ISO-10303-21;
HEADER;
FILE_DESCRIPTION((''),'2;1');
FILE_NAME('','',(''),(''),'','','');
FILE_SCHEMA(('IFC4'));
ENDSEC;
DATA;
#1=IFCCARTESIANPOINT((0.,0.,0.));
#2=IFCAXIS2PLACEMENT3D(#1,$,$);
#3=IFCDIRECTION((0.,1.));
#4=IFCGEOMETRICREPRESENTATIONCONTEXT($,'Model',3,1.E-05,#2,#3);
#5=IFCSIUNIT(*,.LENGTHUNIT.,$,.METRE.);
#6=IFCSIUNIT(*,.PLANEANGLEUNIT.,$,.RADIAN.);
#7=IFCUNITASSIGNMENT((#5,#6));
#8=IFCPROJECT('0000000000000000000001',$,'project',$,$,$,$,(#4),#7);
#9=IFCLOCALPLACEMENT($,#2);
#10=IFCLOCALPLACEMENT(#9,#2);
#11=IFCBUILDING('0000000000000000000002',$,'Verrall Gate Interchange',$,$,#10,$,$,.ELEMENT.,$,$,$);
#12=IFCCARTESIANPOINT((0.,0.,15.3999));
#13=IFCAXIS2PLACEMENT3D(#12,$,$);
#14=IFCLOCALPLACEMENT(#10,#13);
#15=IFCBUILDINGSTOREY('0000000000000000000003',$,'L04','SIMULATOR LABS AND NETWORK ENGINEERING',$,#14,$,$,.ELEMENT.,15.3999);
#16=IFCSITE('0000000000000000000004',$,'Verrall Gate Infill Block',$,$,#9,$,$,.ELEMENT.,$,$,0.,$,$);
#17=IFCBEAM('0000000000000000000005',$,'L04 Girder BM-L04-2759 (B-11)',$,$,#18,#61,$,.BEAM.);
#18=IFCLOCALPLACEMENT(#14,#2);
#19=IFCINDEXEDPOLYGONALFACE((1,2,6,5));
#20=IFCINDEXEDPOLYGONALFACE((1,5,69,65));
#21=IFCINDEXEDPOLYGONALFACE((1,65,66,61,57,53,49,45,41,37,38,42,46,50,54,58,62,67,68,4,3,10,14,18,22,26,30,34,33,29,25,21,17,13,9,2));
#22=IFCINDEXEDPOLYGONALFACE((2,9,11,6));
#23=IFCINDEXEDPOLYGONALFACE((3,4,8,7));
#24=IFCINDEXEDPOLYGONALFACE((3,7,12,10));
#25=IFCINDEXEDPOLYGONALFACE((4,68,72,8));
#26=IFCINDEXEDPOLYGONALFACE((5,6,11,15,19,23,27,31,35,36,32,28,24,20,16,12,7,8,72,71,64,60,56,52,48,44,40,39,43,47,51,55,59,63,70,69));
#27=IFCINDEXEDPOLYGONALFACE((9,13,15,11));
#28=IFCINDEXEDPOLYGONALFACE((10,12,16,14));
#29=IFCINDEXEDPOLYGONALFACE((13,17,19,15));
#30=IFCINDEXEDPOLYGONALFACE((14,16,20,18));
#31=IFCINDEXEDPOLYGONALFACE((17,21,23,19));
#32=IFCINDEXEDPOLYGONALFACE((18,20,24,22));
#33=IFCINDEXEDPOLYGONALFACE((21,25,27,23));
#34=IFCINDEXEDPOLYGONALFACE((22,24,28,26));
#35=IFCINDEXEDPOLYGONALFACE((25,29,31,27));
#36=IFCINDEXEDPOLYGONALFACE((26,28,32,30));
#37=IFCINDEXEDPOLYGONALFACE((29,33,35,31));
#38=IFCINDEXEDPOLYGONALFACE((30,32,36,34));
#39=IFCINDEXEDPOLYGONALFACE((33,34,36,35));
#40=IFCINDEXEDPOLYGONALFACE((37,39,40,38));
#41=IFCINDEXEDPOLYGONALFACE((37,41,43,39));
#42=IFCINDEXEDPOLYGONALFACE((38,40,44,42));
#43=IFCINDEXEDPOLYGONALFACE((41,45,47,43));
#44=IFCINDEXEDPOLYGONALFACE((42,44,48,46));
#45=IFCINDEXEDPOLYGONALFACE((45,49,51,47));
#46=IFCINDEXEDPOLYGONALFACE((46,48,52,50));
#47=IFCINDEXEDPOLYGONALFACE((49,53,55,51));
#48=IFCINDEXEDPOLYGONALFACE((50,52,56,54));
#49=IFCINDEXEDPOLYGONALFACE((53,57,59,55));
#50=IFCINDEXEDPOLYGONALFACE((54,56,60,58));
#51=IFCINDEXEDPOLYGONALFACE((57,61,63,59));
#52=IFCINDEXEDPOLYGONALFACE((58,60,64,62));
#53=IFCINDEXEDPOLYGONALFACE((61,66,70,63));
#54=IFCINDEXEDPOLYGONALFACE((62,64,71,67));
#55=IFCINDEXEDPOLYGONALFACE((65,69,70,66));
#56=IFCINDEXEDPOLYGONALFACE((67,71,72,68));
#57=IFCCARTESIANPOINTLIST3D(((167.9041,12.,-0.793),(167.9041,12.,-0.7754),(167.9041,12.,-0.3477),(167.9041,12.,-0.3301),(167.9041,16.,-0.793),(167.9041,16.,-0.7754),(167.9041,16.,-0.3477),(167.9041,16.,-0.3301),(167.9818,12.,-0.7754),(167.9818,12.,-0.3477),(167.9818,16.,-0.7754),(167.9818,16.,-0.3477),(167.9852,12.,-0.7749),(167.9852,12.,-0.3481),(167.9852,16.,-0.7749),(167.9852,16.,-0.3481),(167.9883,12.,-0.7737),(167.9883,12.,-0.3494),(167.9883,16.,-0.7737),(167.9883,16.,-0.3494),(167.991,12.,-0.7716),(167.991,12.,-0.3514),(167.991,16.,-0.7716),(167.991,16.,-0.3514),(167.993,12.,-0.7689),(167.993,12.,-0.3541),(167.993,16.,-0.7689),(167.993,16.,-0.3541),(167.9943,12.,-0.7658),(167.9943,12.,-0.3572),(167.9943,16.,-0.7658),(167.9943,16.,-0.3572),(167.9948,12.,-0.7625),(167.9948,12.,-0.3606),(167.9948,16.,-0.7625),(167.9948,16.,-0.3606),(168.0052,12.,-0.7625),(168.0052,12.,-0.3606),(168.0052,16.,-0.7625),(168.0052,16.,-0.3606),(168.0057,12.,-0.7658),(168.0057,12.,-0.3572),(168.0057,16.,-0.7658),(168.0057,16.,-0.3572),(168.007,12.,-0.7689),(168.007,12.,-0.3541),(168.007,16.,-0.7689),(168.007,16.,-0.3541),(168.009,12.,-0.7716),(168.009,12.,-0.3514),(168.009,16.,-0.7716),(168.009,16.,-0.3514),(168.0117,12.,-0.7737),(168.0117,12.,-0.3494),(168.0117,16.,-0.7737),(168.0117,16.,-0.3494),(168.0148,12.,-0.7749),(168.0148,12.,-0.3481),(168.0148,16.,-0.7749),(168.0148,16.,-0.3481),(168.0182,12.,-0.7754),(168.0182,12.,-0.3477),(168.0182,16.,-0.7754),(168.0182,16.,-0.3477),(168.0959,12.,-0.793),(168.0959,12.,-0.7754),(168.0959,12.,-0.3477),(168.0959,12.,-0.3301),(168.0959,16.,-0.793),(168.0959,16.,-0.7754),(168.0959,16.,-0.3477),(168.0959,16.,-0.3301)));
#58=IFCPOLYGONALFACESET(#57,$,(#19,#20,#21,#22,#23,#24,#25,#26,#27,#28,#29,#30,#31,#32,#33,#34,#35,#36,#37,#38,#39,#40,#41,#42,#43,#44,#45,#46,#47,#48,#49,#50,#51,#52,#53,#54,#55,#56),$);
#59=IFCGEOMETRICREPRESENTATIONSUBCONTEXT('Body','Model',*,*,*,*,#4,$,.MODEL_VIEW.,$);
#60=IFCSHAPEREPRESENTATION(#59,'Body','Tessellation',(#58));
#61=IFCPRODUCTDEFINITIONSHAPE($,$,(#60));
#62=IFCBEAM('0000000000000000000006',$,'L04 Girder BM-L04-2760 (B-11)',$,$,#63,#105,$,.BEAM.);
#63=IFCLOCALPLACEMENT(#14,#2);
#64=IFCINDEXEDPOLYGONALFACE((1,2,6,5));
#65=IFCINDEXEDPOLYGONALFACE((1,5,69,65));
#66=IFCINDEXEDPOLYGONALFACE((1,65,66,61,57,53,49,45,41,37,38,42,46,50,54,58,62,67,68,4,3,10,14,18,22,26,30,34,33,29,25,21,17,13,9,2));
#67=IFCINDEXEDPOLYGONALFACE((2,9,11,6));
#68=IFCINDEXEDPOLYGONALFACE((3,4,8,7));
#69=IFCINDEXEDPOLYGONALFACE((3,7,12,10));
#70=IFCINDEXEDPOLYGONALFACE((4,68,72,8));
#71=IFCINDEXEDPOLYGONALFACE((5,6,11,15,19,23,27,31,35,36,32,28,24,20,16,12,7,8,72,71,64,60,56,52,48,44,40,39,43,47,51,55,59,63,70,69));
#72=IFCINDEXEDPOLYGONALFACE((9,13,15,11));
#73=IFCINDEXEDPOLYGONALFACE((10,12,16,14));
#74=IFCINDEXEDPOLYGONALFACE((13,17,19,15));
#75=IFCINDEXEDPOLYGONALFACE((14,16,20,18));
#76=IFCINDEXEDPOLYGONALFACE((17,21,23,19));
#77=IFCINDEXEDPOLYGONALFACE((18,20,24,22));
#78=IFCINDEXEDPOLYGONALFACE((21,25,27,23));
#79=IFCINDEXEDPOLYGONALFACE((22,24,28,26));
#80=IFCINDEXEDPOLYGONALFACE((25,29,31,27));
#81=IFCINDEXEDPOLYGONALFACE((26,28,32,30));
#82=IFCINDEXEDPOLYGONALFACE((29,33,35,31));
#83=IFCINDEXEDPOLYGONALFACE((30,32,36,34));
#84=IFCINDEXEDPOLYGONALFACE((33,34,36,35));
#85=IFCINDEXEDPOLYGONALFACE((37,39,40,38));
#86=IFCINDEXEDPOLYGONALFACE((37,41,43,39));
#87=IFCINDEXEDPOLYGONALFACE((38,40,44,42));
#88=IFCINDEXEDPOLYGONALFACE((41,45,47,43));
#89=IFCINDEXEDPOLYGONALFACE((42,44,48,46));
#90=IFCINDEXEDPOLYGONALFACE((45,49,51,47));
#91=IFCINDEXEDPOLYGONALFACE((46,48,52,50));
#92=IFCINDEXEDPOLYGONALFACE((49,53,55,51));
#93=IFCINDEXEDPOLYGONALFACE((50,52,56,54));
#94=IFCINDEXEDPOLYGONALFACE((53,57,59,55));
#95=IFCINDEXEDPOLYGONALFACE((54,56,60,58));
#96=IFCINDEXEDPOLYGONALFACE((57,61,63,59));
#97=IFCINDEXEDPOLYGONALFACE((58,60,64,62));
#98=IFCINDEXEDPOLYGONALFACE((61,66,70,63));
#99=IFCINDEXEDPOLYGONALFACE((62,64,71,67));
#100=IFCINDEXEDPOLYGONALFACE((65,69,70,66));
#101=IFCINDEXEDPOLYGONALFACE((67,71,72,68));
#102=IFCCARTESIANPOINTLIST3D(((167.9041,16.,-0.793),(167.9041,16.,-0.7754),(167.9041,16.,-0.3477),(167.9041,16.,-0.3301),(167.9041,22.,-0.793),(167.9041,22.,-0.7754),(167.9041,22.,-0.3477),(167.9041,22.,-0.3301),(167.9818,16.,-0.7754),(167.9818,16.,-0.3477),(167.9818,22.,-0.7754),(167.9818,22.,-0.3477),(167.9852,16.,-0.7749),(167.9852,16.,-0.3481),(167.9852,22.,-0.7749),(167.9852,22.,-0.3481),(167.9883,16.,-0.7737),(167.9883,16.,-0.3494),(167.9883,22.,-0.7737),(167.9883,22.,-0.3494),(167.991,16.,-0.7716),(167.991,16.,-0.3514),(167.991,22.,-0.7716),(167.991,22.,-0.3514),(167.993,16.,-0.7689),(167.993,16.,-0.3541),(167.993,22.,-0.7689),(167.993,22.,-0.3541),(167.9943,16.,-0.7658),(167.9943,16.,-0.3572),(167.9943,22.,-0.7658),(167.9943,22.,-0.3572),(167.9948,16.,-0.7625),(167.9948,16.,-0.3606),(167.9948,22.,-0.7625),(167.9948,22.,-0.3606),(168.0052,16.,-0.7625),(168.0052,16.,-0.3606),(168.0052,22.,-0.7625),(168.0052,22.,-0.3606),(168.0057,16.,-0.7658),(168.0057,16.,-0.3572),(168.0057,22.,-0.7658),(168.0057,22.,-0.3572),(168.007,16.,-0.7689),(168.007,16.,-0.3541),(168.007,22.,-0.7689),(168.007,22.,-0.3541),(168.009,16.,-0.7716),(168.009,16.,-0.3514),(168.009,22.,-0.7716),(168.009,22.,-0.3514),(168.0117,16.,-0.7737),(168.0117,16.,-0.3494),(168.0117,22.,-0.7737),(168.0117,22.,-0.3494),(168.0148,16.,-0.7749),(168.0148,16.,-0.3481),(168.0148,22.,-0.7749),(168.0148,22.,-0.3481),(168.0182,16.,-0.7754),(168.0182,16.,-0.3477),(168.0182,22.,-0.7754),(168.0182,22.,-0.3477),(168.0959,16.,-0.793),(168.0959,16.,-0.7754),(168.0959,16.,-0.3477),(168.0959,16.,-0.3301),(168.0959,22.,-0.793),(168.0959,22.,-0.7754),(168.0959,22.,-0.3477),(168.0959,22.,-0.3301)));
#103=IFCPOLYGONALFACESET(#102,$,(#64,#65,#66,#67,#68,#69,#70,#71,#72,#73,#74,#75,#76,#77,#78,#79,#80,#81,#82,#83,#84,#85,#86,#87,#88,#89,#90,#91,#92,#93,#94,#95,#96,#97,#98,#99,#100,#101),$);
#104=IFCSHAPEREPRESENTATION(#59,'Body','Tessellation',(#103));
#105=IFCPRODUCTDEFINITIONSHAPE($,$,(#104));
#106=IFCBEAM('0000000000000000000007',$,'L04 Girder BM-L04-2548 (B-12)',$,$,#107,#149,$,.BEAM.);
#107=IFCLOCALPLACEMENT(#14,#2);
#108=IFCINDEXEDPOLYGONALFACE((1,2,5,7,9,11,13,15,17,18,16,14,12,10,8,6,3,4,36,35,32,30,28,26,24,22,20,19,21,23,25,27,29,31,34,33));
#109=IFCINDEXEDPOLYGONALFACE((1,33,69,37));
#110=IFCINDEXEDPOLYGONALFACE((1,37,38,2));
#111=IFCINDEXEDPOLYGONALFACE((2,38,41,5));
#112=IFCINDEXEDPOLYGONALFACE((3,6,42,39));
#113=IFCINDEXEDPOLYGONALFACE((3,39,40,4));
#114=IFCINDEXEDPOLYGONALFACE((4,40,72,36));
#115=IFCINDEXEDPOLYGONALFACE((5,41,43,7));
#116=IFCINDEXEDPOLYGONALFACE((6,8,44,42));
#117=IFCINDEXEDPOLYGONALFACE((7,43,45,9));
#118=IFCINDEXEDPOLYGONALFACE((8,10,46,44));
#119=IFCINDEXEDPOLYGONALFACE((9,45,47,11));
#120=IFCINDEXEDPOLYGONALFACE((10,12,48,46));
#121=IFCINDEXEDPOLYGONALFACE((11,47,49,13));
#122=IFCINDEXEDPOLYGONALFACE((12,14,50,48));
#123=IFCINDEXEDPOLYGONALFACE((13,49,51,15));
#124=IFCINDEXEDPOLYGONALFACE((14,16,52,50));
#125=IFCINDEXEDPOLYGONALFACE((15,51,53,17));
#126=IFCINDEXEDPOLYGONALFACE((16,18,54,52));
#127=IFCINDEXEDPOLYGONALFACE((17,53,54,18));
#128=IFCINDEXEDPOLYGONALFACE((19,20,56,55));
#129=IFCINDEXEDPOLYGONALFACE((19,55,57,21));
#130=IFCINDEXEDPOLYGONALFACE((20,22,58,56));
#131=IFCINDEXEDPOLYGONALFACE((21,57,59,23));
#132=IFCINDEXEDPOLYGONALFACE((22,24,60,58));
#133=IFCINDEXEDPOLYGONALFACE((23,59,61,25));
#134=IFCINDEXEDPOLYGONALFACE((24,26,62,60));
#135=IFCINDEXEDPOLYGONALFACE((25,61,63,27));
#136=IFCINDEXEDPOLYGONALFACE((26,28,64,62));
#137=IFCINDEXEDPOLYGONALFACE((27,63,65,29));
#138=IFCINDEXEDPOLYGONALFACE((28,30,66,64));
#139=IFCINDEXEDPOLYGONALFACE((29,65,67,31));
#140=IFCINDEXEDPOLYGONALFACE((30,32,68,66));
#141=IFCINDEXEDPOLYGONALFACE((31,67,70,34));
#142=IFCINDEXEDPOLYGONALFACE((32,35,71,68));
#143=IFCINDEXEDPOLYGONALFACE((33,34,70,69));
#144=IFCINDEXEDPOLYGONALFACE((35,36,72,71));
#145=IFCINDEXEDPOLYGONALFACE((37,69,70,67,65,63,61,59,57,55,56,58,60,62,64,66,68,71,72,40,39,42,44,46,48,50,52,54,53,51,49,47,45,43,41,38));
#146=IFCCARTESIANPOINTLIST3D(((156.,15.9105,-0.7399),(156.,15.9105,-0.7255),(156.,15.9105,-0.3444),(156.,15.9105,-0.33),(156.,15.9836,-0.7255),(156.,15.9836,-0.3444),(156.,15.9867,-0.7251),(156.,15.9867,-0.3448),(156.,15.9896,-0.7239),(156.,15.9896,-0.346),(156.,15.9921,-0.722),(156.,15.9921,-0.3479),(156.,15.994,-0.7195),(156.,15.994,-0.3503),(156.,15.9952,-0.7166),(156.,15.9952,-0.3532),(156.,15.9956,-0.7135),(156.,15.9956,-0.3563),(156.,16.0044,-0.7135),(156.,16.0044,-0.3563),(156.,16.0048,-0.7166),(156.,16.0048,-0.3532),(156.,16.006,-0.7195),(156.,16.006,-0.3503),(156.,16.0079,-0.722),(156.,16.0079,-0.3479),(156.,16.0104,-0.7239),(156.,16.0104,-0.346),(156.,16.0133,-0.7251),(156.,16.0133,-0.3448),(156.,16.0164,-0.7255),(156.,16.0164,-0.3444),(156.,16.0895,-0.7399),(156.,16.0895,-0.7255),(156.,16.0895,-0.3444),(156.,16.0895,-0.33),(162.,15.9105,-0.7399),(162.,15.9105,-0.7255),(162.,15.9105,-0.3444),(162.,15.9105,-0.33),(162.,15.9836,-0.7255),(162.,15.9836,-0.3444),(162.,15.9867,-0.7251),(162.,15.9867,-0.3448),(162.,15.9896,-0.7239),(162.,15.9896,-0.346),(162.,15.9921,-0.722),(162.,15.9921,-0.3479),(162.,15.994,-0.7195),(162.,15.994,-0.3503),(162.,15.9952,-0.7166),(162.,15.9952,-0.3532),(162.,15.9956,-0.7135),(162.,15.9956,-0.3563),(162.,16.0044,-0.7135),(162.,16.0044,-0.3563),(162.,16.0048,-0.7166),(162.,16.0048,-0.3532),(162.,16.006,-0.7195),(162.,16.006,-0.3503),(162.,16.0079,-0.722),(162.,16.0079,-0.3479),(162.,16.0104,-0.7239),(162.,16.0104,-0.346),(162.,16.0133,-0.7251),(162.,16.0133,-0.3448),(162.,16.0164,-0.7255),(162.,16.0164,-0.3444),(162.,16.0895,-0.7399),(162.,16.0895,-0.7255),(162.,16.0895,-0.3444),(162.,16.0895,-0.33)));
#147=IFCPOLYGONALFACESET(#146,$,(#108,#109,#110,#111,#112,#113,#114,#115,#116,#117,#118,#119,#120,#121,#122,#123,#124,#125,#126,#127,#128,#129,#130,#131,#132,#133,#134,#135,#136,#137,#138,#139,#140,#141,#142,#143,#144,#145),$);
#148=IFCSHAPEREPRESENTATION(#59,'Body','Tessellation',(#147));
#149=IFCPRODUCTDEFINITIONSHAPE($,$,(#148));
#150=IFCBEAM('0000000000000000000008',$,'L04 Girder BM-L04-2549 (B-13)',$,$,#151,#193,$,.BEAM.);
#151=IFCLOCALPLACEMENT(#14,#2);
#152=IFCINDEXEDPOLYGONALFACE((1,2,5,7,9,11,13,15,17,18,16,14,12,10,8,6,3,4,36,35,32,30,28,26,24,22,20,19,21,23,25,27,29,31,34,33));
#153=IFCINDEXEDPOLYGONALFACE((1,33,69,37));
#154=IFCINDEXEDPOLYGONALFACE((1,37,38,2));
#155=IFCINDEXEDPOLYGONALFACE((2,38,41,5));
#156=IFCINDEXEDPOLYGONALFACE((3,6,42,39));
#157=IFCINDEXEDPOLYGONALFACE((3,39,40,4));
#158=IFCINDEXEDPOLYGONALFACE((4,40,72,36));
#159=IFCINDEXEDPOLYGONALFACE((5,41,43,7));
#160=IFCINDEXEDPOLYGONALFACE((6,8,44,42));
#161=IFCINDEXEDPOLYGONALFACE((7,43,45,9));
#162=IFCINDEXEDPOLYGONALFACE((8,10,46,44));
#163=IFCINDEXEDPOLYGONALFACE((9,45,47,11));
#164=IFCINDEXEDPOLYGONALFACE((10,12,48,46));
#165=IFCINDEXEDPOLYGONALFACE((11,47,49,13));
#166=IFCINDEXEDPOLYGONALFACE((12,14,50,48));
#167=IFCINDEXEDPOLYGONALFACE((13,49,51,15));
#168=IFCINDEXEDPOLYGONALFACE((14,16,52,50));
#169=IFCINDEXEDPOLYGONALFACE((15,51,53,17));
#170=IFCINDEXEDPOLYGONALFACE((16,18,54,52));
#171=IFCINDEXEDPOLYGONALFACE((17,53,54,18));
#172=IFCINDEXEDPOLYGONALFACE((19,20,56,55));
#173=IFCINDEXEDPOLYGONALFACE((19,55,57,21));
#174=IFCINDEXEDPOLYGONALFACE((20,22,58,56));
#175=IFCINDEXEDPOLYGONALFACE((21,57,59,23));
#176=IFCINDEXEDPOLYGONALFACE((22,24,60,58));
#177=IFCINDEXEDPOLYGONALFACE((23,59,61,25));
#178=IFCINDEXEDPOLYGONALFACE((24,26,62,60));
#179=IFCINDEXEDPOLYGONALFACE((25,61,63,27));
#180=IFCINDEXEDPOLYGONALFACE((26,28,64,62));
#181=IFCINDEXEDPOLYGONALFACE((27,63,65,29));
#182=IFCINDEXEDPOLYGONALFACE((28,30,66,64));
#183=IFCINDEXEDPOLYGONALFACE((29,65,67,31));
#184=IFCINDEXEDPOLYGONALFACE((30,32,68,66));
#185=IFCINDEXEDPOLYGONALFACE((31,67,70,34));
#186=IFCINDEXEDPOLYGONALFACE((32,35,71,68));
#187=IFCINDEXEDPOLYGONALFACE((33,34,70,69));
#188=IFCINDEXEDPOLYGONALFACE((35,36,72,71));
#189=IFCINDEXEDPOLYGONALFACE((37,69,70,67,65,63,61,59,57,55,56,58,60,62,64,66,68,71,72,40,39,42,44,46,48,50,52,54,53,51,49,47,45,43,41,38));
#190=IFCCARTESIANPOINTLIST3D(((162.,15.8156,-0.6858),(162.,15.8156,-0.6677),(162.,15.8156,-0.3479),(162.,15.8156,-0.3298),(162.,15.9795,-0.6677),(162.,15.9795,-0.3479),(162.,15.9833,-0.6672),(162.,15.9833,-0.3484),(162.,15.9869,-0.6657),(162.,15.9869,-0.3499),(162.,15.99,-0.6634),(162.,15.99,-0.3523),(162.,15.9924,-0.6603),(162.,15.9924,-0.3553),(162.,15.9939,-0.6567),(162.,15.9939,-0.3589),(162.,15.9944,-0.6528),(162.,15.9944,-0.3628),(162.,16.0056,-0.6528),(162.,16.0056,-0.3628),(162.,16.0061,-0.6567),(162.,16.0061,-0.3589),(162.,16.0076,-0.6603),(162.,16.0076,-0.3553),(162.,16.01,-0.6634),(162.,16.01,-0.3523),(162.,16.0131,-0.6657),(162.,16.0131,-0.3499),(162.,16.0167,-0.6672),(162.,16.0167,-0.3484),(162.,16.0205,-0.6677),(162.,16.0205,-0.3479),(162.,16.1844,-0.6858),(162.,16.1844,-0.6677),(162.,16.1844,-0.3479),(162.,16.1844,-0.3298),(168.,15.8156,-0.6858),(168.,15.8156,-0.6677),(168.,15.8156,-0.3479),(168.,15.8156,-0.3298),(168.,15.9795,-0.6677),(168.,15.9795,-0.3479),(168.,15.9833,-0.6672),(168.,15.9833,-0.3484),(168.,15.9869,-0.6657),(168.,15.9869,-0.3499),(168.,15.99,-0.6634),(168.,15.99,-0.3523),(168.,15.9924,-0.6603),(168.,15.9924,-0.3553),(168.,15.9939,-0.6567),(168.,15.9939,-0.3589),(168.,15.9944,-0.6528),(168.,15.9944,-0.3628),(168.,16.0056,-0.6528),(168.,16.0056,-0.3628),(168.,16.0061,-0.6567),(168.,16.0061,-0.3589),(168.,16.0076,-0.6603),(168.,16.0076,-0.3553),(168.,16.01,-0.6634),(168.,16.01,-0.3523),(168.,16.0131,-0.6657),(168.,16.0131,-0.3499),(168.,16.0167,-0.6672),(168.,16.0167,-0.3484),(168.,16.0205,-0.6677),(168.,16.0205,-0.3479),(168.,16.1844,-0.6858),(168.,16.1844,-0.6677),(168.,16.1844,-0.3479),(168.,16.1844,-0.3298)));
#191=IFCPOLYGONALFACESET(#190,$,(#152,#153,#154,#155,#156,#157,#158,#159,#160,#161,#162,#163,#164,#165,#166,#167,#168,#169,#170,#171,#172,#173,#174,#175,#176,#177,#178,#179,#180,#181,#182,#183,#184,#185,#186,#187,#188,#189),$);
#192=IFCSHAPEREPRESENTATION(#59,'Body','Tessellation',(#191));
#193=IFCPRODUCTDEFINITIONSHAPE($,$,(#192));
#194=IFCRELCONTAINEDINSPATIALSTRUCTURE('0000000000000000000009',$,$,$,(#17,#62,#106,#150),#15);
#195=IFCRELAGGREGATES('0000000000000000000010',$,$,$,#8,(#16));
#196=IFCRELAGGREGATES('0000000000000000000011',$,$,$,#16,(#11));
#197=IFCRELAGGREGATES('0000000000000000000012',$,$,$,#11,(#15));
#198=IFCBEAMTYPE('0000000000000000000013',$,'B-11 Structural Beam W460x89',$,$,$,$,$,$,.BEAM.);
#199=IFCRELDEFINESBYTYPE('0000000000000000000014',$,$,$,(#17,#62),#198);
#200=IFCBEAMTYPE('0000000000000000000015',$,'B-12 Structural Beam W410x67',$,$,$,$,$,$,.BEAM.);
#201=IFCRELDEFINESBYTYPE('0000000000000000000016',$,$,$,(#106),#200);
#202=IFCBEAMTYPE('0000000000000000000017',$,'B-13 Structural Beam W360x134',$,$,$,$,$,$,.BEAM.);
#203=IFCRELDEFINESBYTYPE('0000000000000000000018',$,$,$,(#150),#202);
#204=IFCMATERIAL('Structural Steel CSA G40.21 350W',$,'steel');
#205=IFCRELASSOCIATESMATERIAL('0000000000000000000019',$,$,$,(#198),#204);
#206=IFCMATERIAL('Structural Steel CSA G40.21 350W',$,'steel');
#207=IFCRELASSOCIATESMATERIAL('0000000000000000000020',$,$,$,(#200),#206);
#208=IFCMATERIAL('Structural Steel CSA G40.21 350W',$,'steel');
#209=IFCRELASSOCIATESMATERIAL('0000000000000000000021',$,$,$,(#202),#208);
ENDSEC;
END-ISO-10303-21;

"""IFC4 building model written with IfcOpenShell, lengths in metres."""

from ifc_helpers import new_model, si_unit, direction, frame, origin, origin_2d, place, context, subcontext, project, spatial, i_section, extrude, material, material_profile, profile_set, type_object, element, save


model = new_model("IFC4")

# Units and contexts
model_context = context("Model", 3, precision=1e-05, world=origin(), true_north=direction((0.0, 1.0)))
body_context = subcontext(model_context, "Body", "Model", "MODEL_VIEW")
ifc_project = project(units=[si_unit("LENGTHUNIT", "METRE"), si_unit("PLANEANGLEUNIT", "RADIAN")], contexts=[model_context])

# Site, building, storey
site_placement = place(None, origin())
site = spatial("IfcSite", under=ifc_project, at=site_placement, Name="Verrall Gate Infill Block", CompositionType="ELEMENT", RefElevation=0.0)
building_placement = place(site_placement, origin())
building = spatial("IfcBuilding", under=site, at=building_placement, Name="Verrall Gate Interchange", CompositionType="ELEMENT")
storey_placement = place(building_placement, frame((0.0, 0.0, 15.3999)))
storey = spatial("IfcBuildingStorey", under=building, at=storey_placement, Name="L04", Description="SIMULATOR LABS AND NETWORK ENGINEERING", CompositionType="ELEMENT", Elevation=15.3999)

# Beams
ifc_material_1 = material(Name="Structural Steel CSA G40.21 350W", Category="steel")
ifc_material_profile_1 = material_profile(ifc_material_1, i_section(OverallWidth=0.1919, OverallDepth=0.4629, WebThickness=0.0105, FlangeThickness=0.0176, FilletRadius=0.0129, at=origin_2d()), Name="W460x89")
ifc_profile_set_1 = profile_set([ifc_material_profile_1], Name="Structural Steel CSA G40.21 350W")
beam_type_1 = type_object("IfcBeamType", Name="B-11 Structural Beam W460x89", PredefinedType="BEAM", material=ifc_profile_set_1)
beam_1_placement = place(storey_placement, frame((168.0, 12.0, -0.5615), z_axis=(0.0, 1.0, 0.0), x_axis=(-1.0, 0.0, 0.0)))
element("IfcBeam", 1, at=beam_1_placement, inside=storey, type_object=beam_type_1, Name="L04 Girder BM-L04-2759 (B-11)", PredefinedType="BEAM", context=body_context, shape_type="SweptSolid", body=[
    extrude(i_section(OverallWidth=0.1919, OverallDepth=0.4629, WebThickness=0.0105, FlangeThickness=0.0176, FilletRadius=0.0129, at=origin_2d()), origin(), (0.0, 0.0, 1.0), 4.0),
])
beam_2_placement = place(storey_placement, frame((168.0, 16.0, -0.5615), z_axis=(0.0, 1.0, 0.0), x_axis=(-1.0, 0.0, 0.0)))
element("IfcBeam", 2, at=beam_2_placement, inside=storey, type_object=beam_type_1, Name="L04 Girder BM-L04-2760 (B-11)", PredefinedType="BEAM", context=body_context, shape_type="SweptSolid", body=[
    extrude(i_section(OverallWidth=0.1919, OverallDepth=0.4629, WebThickness=0.0105, FlangeThickness=0.0176, FilletRadius=0.0129, at=origin_2d()), origin(), (0.0, 0.0, 1.0), 6.0),
])
ifc_material_2 = material(Name="Structural Steel CSA G40.21 350W", Category="steel")
ifc_material_profile_2 = material_profile(ifc_material_2, i_section(OverallWidth=0.179, OverallDepth=0.4099, WebThickness=0.0088, FlangeThickness=0.0144, FilletRadius=0.012, at=origin_2d()), Name="W410x67")
ifc_profile_set_2 = profile_set([ifc_material_profile_2], Name="Structural Steel CSA G40.21 350W")
beam_type_2 = type_object("IfcBeamType", Name="B-12 Structural Beam W410x67", PredefinedType="BEAM", material=ifc_profile_set_2)
beam_3_placement = place(storey_placement, frame((156.0, 16.0, -0.5349), z_axis=(1.0, 0.0, 0.0), x_axis=(0.0, 1.0, 0.0)))
element("IfcBeam", 3, at=beam_3_placement, inside=storey, type_object=beam_type_2, Name="L04 Girder BM-L04-2548 (B-12)", PredefinedType="BEAM", context=body_context, shape_type="SweptSolid", body=[
    extrude(i_section(OverallWidth=0.179, OverallDepth=0.4099, WebThickness=0.0088, FlangeThickness=0.0144, FilletRadius=0.012, at=origin_2d()), origin(), (0.0, 0.0, 1.0), 6.0),
])
ifc_material_3 = material(Name="Structural Steel CSA G40.21 350W", Category="steel")
ifc_material_profile_3 = material_profile(ifc_material_3, i_section(OverallWidth=0.3689, OverallDepth=0.356, WebThickness=0.0112, FlangeThickness=0.0181, FilletRadius=0.0149, at=origin_2d()), Name="W360x134")
ifc_profile_set_3 = profile_set([ifc_material_profile_3], Name="Structural Steel CSA G40.21 350W")
beam_type_3 = type_object("IfcBeamType", Name="B-13 Structural Beam W360x134", PredefinedType="BEAM", material=ifc_profile_set_3)
for number, where, z_axis, x_axis, name in (
    (4, (162.0, 16.0, -0.5078), (1.0, 0.0, 0.0), (0.0, 1.0, 0.0), "L04 Girder BM-L04-2549 (B-13)"),
):
    element("IfcBeam", number, at=place(storey_placement, frame(where, z_axis=z_axis, x_axis=x_axis)), inside=storey, type_object=beam_type_3, Name=name, PredefinedType="BEAM", context=body_context, shape_type="SweptSolid", body=[
        extrude(i_section(OverallWidth=0.3689, OverallDepth=0.356, WebThickness=0.0112, FlangeThickness=0.0181, FilletRadius=0.0149, at=origin_2d()), origin(), (0.0, 0.0, 1.0), 6.0),
    ])

save(model, "model.ifc")
